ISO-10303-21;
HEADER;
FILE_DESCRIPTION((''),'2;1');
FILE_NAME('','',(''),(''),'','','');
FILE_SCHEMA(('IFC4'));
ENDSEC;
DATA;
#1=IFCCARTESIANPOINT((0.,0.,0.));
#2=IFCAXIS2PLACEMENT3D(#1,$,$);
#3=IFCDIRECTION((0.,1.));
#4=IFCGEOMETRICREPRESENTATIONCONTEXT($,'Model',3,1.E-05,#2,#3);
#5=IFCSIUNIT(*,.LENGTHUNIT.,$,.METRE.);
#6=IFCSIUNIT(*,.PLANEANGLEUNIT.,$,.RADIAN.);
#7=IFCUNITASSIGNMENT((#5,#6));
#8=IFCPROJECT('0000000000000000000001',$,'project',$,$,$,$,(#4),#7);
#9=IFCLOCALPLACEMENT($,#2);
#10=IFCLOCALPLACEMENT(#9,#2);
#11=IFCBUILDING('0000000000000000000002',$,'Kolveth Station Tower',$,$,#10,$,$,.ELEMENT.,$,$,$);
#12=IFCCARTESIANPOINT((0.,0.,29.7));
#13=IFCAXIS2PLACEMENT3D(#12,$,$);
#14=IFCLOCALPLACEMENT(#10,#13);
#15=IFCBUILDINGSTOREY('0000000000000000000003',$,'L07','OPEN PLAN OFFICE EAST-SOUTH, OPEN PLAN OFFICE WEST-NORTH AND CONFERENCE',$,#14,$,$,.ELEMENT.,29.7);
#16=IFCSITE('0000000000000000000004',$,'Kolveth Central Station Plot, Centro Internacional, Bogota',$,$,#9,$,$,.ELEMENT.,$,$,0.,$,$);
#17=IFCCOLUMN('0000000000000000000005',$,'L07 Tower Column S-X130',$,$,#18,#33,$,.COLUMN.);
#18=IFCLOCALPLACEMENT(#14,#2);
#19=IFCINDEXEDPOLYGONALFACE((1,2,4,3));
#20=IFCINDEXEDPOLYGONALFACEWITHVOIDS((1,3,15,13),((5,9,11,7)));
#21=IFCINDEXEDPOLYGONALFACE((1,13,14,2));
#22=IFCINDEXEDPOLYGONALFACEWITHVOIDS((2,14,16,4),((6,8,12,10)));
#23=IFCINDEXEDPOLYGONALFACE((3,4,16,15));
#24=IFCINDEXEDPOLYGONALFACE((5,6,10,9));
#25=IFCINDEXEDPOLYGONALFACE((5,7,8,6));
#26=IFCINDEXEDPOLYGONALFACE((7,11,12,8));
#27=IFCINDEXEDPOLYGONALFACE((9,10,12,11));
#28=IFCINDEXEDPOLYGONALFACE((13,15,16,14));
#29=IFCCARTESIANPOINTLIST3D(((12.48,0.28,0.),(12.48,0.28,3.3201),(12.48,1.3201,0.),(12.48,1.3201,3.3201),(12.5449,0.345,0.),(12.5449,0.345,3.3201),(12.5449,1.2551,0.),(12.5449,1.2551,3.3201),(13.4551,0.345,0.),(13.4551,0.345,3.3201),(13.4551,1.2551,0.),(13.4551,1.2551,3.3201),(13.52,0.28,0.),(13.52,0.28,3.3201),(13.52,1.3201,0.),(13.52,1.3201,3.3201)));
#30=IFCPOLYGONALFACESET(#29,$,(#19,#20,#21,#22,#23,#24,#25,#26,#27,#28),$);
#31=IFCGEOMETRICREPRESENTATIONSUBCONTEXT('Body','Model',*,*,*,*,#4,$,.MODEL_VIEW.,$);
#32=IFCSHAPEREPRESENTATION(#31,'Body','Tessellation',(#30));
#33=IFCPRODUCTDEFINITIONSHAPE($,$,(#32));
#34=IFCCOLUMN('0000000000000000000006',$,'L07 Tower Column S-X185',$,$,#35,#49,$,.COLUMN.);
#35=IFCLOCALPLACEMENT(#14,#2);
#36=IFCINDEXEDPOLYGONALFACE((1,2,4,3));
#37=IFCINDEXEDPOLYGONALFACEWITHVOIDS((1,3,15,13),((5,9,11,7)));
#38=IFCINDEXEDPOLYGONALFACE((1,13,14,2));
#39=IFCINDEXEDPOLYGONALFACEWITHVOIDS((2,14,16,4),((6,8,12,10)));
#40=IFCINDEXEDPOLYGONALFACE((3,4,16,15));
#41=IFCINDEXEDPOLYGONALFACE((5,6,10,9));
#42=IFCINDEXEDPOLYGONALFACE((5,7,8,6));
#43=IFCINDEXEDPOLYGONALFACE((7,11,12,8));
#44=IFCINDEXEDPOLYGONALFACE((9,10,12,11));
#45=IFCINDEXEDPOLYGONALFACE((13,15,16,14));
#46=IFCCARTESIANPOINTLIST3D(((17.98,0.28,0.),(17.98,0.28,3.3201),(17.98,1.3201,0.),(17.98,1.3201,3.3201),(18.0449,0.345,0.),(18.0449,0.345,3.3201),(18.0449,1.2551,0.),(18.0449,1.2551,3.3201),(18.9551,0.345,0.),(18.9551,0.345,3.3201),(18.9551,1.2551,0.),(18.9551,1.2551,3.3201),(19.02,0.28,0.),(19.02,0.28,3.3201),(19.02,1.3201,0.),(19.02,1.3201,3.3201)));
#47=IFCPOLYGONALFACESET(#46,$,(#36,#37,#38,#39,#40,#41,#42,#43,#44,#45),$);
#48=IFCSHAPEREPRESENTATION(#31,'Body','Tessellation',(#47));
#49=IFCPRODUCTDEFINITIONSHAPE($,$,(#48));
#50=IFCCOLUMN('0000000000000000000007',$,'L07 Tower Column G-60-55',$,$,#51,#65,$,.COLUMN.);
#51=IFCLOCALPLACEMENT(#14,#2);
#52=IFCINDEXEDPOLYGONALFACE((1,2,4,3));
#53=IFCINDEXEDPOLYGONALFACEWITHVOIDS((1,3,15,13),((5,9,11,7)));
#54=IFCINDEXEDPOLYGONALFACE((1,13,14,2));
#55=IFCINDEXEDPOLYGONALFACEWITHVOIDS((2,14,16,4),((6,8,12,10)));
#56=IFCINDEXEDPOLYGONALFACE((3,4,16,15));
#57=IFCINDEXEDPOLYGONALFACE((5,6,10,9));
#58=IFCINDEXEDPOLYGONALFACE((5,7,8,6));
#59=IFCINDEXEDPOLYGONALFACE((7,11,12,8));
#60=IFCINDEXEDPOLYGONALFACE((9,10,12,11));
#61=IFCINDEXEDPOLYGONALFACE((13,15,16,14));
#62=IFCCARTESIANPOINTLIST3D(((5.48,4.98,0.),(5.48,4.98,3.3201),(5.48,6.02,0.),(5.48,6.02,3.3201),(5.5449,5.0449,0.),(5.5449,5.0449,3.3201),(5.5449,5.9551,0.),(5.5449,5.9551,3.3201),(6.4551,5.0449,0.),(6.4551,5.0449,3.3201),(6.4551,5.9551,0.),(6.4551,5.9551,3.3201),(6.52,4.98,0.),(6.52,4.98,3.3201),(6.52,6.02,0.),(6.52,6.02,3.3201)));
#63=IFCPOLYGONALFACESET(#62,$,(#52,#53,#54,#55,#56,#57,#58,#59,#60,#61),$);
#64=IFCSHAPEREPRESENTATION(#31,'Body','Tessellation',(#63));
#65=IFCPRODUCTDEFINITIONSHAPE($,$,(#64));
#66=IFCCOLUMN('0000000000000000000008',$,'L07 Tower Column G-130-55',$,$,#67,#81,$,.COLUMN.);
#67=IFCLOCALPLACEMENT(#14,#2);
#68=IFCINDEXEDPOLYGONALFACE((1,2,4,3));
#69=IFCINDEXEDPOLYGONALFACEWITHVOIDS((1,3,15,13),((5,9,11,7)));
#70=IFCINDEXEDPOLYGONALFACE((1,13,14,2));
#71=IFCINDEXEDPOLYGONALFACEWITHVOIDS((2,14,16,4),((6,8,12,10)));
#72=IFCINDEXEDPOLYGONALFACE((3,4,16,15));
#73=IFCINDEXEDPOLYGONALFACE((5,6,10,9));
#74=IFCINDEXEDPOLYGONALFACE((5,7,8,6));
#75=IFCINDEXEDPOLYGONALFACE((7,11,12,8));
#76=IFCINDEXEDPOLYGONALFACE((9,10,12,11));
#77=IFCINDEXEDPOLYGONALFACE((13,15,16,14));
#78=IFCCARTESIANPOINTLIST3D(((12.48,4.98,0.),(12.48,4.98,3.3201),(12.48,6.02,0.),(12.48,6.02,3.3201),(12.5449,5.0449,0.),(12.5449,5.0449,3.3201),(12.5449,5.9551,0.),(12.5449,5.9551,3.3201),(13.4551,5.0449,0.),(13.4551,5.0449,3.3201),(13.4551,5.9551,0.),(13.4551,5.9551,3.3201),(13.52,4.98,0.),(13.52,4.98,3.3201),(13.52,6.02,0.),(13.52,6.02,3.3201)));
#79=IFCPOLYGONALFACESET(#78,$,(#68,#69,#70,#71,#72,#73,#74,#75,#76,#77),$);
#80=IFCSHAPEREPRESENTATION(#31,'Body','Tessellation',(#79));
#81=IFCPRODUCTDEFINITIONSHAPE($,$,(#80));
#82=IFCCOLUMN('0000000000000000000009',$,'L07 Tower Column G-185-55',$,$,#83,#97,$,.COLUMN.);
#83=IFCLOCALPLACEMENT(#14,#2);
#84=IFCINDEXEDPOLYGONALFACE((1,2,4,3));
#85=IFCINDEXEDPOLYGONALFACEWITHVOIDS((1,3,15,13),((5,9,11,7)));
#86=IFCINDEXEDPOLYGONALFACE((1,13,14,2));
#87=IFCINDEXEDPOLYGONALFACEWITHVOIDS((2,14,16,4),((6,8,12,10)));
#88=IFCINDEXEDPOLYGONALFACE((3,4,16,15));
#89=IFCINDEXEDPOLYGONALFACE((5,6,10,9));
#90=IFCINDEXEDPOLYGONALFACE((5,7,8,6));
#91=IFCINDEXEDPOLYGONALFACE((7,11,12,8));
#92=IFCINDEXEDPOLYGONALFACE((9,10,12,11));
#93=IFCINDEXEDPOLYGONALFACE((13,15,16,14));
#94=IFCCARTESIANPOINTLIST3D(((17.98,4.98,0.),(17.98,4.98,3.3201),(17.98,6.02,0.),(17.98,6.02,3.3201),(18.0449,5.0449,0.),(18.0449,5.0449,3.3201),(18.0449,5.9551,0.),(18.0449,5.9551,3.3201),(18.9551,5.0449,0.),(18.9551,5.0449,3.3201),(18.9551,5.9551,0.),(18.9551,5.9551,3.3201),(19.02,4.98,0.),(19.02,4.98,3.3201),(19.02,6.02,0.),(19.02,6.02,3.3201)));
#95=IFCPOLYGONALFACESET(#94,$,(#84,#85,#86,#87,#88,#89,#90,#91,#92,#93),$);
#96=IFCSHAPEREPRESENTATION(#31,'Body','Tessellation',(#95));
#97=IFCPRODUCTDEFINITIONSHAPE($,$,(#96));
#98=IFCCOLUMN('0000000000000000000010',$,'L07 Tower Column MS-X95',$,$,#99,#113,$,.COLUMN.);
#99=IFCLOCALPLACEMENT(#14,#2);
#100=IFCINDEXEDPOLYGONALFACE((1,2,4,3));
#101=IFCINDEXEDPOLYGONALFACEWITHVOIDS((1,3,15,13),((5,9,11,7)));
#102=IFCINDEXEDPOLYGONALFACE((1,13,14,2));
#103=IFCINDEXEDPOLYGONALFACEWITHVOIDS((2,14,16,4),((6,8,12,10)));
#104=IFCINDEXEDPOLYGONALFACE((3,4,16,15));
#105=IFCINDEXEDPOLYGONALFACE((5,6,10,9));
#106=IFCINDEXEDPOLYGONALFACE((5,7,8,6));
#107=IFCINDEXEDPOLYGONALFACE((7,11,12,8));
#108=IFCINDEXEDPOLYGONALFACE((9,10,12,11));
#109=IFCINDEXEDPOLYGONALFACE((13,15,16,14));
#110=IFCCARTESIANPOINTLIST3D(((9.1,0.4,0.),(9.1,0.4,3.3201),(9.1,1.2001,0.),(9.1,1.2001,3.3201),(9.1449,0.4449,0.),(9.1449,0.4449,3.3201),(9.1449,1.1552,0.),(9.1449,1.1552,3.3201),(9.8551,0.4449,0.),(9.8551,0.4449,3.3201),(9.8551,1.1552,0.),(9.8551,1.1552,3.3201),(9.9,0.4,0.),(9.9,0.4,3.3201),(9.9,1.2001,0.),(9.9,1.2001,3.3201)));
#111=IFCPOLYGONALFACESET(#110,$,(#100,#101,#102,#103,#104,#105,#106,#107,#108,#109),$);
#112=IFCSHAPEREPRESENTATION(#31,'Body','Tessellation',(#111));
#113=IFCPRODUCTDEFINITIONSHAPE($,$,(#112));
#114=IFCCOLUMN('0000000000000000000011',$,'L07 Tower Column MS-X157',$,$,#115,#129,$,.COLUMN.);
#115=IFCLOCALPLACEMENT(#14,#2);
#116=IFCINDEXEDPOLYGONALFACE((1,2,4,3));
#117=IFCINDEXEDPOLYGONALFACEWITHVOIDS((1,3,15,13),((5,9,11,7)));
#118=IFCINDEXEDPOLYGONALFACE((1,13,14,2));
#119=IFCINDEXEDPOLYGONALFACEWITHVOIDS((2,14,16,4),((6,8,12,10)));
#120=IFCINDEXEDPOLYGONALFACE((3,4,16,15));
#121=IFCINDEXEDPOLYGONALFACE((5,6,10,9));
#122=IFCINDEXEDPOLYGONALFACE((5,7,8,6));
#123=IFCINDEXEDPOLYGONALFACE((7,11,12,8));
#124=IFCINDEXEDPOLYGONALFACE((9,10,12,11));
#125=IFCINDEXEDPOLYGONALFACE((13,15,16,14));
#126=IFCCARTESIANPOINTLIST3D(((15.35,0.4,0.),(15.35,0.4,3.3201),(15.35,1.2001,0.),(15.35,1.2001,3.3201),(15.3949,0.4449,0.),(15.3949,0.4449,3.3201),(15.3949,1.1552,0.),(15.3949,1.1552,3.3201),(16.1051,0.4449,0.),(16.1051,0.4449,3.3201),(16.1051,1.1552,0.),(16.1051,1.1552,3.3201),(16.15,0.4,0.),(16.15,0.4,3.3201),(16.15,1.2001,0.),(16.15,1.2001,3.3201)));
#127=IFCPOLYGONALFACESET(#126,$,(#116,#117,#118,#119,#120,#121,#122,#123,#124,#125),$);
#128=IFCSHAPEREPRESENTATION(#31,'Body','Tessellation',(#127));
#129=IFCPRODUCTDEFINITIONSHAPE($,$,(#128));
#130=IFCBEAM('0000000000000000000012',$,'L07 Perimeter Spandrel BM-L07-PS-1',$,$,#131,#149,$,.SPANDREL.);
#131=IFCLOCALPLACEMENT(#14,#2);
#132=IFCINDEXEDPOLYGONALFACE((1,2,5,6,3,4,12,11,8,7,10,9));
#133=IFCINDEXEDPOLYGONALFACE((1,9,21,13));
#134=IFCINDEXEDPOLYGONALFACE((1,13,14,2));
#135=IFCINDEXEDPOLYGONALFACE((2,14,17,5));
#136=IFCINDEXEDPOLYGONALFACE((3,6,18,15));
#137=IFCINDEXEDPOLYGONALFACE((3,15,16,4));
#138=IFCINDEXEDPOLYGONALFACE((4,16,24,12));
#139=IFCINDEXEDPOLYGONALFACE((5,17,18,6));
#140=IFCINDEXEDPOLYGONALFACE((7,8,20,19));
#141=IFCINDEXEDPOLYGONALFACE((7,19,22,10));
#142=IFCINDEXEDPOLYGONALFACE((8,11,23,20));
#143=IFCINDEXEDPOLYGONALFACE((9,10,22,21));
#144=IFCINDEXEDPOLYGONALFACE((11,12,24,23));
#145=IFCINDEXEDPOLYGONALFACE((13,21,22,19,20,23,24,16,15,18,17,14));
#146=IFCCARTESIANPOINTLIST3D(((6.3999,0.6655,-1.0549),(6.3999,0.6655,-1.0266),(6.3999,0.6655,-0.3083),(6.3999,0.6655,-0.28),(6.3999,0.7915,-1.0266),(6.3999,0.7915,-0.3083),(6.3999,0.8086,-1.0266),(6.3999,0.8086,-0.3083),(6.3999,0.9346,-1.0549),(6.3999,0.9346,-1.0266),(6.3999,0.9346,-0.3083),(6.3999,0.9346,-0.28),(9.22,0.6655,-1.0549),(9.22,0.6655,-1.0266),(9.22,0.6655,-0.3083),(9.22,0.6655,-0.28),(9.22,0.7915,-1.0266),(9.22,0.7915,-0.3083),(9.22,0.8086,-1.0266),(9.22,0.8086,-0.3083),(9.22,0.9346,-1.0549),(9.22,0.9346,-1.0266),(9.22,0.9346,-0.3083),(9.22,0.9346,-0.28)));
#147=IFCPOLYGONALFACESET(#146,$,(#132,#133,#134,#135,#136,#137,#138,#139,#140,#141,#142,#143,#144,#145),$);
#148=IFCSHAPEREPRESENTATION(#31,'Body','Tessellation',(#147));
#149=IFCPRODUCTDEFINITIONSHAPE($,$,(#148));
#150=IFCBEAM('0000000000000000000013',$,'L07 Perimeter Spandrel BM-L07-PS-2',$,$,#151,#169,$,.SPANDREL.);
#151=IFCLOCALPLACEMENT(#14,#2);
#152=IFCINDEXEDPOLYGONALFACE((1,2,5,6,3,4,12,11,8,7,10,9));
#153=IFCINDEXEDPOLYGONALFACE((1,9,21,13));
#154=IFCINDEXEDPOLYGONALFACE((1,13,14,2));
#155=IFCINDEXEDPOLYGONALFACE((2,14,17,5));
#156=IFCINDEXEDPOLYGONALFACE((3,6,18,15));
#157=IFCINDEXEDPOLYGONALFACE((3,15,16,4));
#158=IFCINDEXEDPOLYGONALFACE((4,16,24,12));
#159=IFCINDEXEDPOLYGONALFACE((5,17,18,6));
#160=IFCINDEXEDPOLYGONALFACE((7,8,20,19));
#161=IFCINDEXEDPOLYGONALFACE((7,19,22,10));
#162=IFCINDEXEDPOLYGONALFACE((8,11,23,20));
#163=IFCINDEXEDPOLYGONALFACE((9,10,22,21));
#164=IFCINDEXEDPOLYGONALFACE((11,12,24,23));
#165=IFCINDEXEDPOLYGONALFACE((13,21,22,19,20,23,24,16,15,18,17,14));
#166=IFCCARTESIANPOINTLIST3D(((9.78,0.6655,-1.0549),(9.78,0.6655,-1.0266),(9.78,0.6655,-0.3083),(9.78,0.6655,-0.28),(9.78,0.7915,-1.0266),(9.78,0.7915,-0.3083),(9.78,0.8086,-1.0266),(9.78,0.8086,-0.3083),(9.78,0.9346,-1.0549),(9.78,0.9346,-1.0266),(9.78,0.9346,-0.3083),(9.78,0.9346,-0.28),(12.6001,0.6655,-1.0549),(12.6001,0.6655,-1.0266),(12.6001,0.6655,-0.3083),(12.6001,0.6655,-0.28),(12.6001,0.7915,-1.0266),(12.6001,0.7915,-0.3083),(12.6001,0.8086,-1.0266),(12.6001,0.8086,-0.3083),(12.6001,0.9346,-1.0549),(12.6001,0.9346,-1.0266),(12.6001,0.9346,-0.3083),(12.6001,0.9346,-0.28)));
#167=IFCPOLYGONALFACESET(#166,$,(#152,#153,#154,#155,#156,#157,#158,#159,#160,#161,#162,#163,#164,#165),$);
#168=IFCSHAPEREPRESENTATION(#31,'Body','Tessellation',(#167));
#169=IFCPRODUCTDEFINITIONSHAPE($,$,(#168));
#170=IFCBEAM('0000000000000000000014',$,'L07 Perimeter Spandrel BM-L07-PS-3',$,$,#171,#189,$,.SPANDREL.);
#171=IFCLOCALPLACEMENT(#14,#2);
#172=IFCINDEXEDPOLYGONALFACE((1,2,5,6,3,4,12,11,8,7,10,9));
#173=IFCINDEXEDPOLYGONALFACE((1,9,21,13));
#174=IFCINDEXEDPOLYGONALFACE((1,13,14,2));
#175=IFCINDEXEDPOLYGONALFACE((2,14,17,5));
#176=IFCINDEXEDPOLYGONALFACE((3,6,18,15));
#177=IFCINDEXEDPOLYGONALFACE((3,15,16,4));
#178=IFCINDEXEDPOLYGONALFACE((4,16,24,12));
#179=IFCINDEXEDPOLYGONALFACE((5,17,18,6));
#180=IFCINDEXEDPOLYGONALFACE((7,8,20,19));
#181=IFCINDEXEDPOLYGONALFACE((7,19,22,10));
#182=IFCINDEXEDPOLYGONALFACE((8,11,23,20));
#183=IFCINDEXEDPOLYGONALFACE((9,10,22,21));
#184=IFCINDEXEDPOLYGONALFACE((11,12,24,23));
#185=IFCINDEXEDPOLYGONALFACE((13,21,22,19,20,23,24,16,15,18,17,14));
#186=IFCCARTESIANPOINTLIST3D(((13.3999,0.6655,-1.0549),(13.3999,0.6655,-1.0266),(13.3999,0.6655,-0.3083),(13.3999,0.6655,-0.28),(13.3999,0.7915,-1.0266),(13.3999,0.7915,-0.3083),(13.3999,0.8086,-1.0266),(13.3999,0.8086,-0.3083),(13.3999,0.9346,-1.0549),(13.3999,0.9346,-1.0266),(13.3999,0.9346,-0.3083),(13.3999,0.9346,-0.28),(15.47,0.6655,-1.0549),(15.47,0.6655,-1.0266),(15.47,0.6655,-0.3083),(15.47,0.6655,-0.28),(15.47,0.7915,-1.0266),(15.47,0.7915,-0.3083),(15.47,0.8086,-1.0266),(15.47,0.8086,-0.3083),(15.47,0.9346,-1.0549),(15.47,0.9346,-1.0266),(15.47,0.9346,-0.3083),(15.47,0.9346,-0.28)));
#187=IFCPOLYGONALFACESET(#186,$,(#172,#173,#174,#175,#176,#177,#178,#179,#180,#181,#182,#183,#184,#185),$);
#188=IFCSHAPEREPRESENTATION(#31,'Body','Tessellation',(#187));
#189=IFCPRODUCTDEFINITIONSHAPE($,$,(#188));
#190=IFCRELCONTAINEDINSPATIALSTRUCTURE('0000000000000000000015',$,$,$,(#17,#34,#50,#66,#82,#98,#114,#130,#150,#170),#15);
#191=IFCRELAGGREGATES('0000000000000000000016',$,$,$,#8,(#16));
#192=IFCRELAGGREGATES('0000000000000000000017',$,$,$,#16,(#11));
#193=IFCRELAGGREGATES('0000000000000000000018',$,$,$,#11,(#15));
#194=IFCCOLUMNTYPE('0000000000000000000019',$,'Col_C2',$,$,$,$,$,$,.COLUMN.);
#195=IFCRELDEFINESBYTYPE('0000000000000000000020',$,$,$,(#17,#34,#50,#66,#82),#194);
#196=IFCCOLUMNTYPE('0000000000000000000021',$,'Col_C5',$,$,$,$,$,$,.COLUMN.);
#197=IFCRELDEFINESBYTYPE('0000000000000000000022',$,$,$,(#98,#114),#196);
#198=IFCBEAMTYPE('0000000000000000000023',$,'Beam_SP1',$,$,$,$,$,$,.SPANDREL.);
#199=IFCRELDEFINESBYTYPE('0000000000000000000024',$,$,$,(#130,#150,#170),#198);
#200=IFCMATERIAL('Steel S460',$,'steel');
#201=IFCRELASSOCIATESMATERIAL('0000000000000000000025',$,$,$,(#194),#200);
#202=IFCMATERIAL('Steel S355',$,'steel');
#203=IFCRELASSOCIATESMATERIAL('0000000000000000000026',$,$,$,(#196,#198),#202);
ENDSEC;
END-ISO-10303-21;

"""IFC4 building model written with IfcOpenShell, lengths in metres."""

from ifc_helpers import new_model, si_unit, direction, frame, origin, origin_2d, place, context, subcontext, project, spatial, hollow_rectangle, i_section, extrude, source, transform, mapped, material, material_profile, profile_set, type_object, element, save


model = new_model("IFC4")

# Units and contexts
model_context = context("Model", 3, precision=1e-05, world=origin(), true_north=direction((0.0, 1.0)))
body_context = subcontext(model_context, "Body", "Model", "MODEL_VIEW")
ifc_project = project(units=[si_unit("LENGTHUNIT", "METRE"), si_unit("PLANEANGLEUNIT", "RADIAN")], contexts=[model_context])

# Site, building, storey
site_placement = place(None, origin())
site = spatial("IfcSite", under=ifc_project, at=site_placement, Name="Kolveth Central Station Plot, Centro Internacional, Bogota", CompositionType="ELEMENT", RefElevation=0.0)
building_placement = place(site_placement, origin())
building = spatial("IfcBuilding", under=site, at=building_placement, Name="Kolveth Station Tower", CompositionType="ELEMENT")
storey_placement = place(building_placement, frame((0.0, 0.0, 29.7)))
storey = spatial("IfcBuildingStorey", under=building, at=storey_placement, Name="L07", Description="OPEN PLAN OFFICE EAST-SOUTH, OPEN PLAN OFFICE WEST-NORTH AND CONFERENCE", CompositionType="ELEMENT", Elevation=29.7)

# Columns
ifc_material_1 = material(Name="Steel S460", Category="steel")
ifc_material_profile_1 = material_profile(ifc_material_1, hollow_rectangle(XDim=1.04, YDim=1.04, WallThickness=0.0649, at=origin_2d()), Name="BOX1040x1040x65")
ifc_profile_set_1 = profile_set([ifc_material_profile_1], Name="Steel S460")
column_type_1 = type_object("IfcColumnType", Name="Col_C2", PredefinedType="COLUMN", material=ifc_profile_set_1)
shared_shape_1 = source(origin(), body_context, "Body", "SweptSolid", [
    extrude(hollow_rectangle(XDim=1.04, YDim=1.04, WallThickness=0.0649, at=origin_2d()), origin(), (0.0, 0.0, 1.0), 3.3201),
])
for number, where, z_axis, x_axis, name in (
    (1, (13.0, 0.8, 0.0), (0.0, 0.0, 1.0), (1.0, 0.0, 0.0), "L07 Tower Column S-X130"),
    (2, (18.5, 0.8, 0.0), (0.0, 0.0, 1.0), (1.0, 0.0, 0.0), "L07 Tower Column S-X185"),
    (3, (6.0, 5.5, 0.0), (0.0, 0.0, 1.0), (1.0, 0.0, 0.0), "L07 Tower Column G-60-55"),
    (4, (13.0, 5.5, 0.0), (0.0, 0.0, 1.0), (1.0, 0.0, 0.0), "L07 Tower Column G-130-55"),
    (5, (18.5, 5.5, 0.0), (0.0, 0.0, 1.0), (1.0, 0.0, 0.0), "L07 Tower Column G-185-55"),
):
    element("IfcColumn", number, at=place(storey_placement, frame(where, z_axis=z_axis, x_axis=x_axis)), inside=storey, type_object=column_type_1, Name=name, PredefinedType="COLUMN", context=body_context, shape_type="MappedRepresentation", body=[
        mapped(shared_shape_1, transform((0.0, 0.0, 0.0), x_axis=(1.0, 0.0, 0.0), y_axis=(0.0, 1.0, 0.0), z_axis=(0.0, 0.0, 1.0), scale=1.0)),
    ])
ifc_material_2 = material(Name="Steel S355", Category="steel")
ifc_material_profile_2 = material_profile(ifc_material_2, hollow_rectangle(XDim=0.8, YDim=0.8, WallThickness=0.0449, at=origin_2d()), Name="BOX800x800x45")
ifc_profile_set_2 = profile_set([ifc_material_profile_2], Name="Steel S355")
column_type_2 = type_object("IfcColumnType", Name="Col_C5", PredefinedType="COLUMN", material=ifc_profile_set_2)
shared_shape_2 = source(origin(), body_context, "Body", "SweptSolid", [
    extrude(hollow_rectangle(XDim=0.8, YDim=0.8, WallThickness=0.0449, at=origin_2d()), origin(), (0.0, 0.0, 1.0), 3.3201),
])
for number, where, z_axis, x_axis, name in (
    (6, (9.5, 0.8, 0.0), (0.0, 0.0, 1.0), (1.0, 0.0, 0.0), "L07 Tower Column MS-X95"),
    (7, (15.75, 0.8, 0.0), (0.0, 0.0, 1.0), (1.0, 0.0, 0.0), "L07 Tower Column MS-X157"),
):
    element("IfcColumn", number, at=place(storey_placement, frame(where, z_axis=z_axis, x_axis=x_axis)), inside=storey, type_object=column_type_2, Name=name, PredefinedType="COLUMN", context=body_context, shape_type="MappedRepresentation", body=[
        mapped(shared_shape_2, transform((0.0, 0.0, 0.0), x_axis=(1.0, 0.0, 0.0), y_axis=(0.0, 1.0, 0.0), z_axis=(0.0, 0.0, 1.0), scale=1.0)),
    ])

# Beams
ifc_material_profile_3 = material_profile(ifc_material_2, i_section(OverallWidth=0.269, OverallDepth=0.7749, WebThickness=0.0171, FlangeThickness=0.0283, at=origin_2d()), Name="W760x220")
ifc_profile_set_3 = profile_set([ifc_material_profile_3], Name="Steel S355")
beam_type_1 = type_object("IfcBeamType", Name="Beam_SP1", PredefinedType="SPANDREL", material=ifc_profile_set_3)
shared_shape_3 = source(origin(), body_context, "Body", "SweptSolid", [
    extrude(i_section(OverallWidth=0.269, OverallDepth=0.7749, WebThickness=0.0171, FlangeThickness=0.0283, at=origin_2d()), origin(), (0.0, 0.0, 1.0), 2.8201),
])
for number, where, z_axis, x_axis, name in (
    (8, (6.3999, 0.8, -0.6675), (1.0, 0.0, 0.0), (0.0, 1.0, 0.0), "L07 Perimeter Spandrel BM-L07-PS-1"),
    (9, (9.78, 0.8, -0.6675), (1.0, 0.0, 0.0), (0.0, 1.0, 0.0), "L07 Perimeter Spandrel BM-L07-PS-2"),
):
    element("IfcBeam", number, at=place(storey_placement, frame(where, z_axis=z_axis, x_axis=x_axis)), inside=storey, type_object=beam_type_1, Name=name, PredefinedType="SPANDREL", context=body_context, shape_type="MappedRepresentation", body=[
        mapped(shared_shape_3, transform((0.0, 0.0, 0.0), x_axis=(1.0, 0.0, 0.0), y_axis=(0.0, 1.0, 0.0), z_axis=(0.0, 0.0, 1.0), scale=1.0)),
    ])
shared_shape_4 = source(origin(), body_context, "Body", "SweptSolid", [
    extrude(i_section(OverallWidth=0.269, OverallDepth=0.7749, WebThickness=0.0171, FlangeThickness=0.0283, at=origin_2d()), origin(), (0.0, 0.0, 1.0), 2.0701),
])
for number, where, z_axis, x_axis, name in (
    (10, (13.3999, 0.8, -0.6675), (1.0, 0.0, 0.0), (0.0, 1.0, 0.0), "L07 Perimeter Spandrel BM-L07-PS-3"),
):
    element("IfcBeam", number, at=place(storey_placement, frame(where, z_axis=z_axis, x_axis=x_axis)), inside=storey, type_object=beam_type_1, Name=name, PredefinedType="SPANDREL", context=body_context, shape_type="MappedRepresentation", body=[
        mapped(shared_shape_4, transform((0.0, 0.0, 0.0), x_axis=(1.0, 0.0, 0.0), y_axis=(0.0, 1.0, 0.0), z_axis=(0.0, 0.0, 1.0), scale=1.0)),
    ])

save(model, "model.ifc")
